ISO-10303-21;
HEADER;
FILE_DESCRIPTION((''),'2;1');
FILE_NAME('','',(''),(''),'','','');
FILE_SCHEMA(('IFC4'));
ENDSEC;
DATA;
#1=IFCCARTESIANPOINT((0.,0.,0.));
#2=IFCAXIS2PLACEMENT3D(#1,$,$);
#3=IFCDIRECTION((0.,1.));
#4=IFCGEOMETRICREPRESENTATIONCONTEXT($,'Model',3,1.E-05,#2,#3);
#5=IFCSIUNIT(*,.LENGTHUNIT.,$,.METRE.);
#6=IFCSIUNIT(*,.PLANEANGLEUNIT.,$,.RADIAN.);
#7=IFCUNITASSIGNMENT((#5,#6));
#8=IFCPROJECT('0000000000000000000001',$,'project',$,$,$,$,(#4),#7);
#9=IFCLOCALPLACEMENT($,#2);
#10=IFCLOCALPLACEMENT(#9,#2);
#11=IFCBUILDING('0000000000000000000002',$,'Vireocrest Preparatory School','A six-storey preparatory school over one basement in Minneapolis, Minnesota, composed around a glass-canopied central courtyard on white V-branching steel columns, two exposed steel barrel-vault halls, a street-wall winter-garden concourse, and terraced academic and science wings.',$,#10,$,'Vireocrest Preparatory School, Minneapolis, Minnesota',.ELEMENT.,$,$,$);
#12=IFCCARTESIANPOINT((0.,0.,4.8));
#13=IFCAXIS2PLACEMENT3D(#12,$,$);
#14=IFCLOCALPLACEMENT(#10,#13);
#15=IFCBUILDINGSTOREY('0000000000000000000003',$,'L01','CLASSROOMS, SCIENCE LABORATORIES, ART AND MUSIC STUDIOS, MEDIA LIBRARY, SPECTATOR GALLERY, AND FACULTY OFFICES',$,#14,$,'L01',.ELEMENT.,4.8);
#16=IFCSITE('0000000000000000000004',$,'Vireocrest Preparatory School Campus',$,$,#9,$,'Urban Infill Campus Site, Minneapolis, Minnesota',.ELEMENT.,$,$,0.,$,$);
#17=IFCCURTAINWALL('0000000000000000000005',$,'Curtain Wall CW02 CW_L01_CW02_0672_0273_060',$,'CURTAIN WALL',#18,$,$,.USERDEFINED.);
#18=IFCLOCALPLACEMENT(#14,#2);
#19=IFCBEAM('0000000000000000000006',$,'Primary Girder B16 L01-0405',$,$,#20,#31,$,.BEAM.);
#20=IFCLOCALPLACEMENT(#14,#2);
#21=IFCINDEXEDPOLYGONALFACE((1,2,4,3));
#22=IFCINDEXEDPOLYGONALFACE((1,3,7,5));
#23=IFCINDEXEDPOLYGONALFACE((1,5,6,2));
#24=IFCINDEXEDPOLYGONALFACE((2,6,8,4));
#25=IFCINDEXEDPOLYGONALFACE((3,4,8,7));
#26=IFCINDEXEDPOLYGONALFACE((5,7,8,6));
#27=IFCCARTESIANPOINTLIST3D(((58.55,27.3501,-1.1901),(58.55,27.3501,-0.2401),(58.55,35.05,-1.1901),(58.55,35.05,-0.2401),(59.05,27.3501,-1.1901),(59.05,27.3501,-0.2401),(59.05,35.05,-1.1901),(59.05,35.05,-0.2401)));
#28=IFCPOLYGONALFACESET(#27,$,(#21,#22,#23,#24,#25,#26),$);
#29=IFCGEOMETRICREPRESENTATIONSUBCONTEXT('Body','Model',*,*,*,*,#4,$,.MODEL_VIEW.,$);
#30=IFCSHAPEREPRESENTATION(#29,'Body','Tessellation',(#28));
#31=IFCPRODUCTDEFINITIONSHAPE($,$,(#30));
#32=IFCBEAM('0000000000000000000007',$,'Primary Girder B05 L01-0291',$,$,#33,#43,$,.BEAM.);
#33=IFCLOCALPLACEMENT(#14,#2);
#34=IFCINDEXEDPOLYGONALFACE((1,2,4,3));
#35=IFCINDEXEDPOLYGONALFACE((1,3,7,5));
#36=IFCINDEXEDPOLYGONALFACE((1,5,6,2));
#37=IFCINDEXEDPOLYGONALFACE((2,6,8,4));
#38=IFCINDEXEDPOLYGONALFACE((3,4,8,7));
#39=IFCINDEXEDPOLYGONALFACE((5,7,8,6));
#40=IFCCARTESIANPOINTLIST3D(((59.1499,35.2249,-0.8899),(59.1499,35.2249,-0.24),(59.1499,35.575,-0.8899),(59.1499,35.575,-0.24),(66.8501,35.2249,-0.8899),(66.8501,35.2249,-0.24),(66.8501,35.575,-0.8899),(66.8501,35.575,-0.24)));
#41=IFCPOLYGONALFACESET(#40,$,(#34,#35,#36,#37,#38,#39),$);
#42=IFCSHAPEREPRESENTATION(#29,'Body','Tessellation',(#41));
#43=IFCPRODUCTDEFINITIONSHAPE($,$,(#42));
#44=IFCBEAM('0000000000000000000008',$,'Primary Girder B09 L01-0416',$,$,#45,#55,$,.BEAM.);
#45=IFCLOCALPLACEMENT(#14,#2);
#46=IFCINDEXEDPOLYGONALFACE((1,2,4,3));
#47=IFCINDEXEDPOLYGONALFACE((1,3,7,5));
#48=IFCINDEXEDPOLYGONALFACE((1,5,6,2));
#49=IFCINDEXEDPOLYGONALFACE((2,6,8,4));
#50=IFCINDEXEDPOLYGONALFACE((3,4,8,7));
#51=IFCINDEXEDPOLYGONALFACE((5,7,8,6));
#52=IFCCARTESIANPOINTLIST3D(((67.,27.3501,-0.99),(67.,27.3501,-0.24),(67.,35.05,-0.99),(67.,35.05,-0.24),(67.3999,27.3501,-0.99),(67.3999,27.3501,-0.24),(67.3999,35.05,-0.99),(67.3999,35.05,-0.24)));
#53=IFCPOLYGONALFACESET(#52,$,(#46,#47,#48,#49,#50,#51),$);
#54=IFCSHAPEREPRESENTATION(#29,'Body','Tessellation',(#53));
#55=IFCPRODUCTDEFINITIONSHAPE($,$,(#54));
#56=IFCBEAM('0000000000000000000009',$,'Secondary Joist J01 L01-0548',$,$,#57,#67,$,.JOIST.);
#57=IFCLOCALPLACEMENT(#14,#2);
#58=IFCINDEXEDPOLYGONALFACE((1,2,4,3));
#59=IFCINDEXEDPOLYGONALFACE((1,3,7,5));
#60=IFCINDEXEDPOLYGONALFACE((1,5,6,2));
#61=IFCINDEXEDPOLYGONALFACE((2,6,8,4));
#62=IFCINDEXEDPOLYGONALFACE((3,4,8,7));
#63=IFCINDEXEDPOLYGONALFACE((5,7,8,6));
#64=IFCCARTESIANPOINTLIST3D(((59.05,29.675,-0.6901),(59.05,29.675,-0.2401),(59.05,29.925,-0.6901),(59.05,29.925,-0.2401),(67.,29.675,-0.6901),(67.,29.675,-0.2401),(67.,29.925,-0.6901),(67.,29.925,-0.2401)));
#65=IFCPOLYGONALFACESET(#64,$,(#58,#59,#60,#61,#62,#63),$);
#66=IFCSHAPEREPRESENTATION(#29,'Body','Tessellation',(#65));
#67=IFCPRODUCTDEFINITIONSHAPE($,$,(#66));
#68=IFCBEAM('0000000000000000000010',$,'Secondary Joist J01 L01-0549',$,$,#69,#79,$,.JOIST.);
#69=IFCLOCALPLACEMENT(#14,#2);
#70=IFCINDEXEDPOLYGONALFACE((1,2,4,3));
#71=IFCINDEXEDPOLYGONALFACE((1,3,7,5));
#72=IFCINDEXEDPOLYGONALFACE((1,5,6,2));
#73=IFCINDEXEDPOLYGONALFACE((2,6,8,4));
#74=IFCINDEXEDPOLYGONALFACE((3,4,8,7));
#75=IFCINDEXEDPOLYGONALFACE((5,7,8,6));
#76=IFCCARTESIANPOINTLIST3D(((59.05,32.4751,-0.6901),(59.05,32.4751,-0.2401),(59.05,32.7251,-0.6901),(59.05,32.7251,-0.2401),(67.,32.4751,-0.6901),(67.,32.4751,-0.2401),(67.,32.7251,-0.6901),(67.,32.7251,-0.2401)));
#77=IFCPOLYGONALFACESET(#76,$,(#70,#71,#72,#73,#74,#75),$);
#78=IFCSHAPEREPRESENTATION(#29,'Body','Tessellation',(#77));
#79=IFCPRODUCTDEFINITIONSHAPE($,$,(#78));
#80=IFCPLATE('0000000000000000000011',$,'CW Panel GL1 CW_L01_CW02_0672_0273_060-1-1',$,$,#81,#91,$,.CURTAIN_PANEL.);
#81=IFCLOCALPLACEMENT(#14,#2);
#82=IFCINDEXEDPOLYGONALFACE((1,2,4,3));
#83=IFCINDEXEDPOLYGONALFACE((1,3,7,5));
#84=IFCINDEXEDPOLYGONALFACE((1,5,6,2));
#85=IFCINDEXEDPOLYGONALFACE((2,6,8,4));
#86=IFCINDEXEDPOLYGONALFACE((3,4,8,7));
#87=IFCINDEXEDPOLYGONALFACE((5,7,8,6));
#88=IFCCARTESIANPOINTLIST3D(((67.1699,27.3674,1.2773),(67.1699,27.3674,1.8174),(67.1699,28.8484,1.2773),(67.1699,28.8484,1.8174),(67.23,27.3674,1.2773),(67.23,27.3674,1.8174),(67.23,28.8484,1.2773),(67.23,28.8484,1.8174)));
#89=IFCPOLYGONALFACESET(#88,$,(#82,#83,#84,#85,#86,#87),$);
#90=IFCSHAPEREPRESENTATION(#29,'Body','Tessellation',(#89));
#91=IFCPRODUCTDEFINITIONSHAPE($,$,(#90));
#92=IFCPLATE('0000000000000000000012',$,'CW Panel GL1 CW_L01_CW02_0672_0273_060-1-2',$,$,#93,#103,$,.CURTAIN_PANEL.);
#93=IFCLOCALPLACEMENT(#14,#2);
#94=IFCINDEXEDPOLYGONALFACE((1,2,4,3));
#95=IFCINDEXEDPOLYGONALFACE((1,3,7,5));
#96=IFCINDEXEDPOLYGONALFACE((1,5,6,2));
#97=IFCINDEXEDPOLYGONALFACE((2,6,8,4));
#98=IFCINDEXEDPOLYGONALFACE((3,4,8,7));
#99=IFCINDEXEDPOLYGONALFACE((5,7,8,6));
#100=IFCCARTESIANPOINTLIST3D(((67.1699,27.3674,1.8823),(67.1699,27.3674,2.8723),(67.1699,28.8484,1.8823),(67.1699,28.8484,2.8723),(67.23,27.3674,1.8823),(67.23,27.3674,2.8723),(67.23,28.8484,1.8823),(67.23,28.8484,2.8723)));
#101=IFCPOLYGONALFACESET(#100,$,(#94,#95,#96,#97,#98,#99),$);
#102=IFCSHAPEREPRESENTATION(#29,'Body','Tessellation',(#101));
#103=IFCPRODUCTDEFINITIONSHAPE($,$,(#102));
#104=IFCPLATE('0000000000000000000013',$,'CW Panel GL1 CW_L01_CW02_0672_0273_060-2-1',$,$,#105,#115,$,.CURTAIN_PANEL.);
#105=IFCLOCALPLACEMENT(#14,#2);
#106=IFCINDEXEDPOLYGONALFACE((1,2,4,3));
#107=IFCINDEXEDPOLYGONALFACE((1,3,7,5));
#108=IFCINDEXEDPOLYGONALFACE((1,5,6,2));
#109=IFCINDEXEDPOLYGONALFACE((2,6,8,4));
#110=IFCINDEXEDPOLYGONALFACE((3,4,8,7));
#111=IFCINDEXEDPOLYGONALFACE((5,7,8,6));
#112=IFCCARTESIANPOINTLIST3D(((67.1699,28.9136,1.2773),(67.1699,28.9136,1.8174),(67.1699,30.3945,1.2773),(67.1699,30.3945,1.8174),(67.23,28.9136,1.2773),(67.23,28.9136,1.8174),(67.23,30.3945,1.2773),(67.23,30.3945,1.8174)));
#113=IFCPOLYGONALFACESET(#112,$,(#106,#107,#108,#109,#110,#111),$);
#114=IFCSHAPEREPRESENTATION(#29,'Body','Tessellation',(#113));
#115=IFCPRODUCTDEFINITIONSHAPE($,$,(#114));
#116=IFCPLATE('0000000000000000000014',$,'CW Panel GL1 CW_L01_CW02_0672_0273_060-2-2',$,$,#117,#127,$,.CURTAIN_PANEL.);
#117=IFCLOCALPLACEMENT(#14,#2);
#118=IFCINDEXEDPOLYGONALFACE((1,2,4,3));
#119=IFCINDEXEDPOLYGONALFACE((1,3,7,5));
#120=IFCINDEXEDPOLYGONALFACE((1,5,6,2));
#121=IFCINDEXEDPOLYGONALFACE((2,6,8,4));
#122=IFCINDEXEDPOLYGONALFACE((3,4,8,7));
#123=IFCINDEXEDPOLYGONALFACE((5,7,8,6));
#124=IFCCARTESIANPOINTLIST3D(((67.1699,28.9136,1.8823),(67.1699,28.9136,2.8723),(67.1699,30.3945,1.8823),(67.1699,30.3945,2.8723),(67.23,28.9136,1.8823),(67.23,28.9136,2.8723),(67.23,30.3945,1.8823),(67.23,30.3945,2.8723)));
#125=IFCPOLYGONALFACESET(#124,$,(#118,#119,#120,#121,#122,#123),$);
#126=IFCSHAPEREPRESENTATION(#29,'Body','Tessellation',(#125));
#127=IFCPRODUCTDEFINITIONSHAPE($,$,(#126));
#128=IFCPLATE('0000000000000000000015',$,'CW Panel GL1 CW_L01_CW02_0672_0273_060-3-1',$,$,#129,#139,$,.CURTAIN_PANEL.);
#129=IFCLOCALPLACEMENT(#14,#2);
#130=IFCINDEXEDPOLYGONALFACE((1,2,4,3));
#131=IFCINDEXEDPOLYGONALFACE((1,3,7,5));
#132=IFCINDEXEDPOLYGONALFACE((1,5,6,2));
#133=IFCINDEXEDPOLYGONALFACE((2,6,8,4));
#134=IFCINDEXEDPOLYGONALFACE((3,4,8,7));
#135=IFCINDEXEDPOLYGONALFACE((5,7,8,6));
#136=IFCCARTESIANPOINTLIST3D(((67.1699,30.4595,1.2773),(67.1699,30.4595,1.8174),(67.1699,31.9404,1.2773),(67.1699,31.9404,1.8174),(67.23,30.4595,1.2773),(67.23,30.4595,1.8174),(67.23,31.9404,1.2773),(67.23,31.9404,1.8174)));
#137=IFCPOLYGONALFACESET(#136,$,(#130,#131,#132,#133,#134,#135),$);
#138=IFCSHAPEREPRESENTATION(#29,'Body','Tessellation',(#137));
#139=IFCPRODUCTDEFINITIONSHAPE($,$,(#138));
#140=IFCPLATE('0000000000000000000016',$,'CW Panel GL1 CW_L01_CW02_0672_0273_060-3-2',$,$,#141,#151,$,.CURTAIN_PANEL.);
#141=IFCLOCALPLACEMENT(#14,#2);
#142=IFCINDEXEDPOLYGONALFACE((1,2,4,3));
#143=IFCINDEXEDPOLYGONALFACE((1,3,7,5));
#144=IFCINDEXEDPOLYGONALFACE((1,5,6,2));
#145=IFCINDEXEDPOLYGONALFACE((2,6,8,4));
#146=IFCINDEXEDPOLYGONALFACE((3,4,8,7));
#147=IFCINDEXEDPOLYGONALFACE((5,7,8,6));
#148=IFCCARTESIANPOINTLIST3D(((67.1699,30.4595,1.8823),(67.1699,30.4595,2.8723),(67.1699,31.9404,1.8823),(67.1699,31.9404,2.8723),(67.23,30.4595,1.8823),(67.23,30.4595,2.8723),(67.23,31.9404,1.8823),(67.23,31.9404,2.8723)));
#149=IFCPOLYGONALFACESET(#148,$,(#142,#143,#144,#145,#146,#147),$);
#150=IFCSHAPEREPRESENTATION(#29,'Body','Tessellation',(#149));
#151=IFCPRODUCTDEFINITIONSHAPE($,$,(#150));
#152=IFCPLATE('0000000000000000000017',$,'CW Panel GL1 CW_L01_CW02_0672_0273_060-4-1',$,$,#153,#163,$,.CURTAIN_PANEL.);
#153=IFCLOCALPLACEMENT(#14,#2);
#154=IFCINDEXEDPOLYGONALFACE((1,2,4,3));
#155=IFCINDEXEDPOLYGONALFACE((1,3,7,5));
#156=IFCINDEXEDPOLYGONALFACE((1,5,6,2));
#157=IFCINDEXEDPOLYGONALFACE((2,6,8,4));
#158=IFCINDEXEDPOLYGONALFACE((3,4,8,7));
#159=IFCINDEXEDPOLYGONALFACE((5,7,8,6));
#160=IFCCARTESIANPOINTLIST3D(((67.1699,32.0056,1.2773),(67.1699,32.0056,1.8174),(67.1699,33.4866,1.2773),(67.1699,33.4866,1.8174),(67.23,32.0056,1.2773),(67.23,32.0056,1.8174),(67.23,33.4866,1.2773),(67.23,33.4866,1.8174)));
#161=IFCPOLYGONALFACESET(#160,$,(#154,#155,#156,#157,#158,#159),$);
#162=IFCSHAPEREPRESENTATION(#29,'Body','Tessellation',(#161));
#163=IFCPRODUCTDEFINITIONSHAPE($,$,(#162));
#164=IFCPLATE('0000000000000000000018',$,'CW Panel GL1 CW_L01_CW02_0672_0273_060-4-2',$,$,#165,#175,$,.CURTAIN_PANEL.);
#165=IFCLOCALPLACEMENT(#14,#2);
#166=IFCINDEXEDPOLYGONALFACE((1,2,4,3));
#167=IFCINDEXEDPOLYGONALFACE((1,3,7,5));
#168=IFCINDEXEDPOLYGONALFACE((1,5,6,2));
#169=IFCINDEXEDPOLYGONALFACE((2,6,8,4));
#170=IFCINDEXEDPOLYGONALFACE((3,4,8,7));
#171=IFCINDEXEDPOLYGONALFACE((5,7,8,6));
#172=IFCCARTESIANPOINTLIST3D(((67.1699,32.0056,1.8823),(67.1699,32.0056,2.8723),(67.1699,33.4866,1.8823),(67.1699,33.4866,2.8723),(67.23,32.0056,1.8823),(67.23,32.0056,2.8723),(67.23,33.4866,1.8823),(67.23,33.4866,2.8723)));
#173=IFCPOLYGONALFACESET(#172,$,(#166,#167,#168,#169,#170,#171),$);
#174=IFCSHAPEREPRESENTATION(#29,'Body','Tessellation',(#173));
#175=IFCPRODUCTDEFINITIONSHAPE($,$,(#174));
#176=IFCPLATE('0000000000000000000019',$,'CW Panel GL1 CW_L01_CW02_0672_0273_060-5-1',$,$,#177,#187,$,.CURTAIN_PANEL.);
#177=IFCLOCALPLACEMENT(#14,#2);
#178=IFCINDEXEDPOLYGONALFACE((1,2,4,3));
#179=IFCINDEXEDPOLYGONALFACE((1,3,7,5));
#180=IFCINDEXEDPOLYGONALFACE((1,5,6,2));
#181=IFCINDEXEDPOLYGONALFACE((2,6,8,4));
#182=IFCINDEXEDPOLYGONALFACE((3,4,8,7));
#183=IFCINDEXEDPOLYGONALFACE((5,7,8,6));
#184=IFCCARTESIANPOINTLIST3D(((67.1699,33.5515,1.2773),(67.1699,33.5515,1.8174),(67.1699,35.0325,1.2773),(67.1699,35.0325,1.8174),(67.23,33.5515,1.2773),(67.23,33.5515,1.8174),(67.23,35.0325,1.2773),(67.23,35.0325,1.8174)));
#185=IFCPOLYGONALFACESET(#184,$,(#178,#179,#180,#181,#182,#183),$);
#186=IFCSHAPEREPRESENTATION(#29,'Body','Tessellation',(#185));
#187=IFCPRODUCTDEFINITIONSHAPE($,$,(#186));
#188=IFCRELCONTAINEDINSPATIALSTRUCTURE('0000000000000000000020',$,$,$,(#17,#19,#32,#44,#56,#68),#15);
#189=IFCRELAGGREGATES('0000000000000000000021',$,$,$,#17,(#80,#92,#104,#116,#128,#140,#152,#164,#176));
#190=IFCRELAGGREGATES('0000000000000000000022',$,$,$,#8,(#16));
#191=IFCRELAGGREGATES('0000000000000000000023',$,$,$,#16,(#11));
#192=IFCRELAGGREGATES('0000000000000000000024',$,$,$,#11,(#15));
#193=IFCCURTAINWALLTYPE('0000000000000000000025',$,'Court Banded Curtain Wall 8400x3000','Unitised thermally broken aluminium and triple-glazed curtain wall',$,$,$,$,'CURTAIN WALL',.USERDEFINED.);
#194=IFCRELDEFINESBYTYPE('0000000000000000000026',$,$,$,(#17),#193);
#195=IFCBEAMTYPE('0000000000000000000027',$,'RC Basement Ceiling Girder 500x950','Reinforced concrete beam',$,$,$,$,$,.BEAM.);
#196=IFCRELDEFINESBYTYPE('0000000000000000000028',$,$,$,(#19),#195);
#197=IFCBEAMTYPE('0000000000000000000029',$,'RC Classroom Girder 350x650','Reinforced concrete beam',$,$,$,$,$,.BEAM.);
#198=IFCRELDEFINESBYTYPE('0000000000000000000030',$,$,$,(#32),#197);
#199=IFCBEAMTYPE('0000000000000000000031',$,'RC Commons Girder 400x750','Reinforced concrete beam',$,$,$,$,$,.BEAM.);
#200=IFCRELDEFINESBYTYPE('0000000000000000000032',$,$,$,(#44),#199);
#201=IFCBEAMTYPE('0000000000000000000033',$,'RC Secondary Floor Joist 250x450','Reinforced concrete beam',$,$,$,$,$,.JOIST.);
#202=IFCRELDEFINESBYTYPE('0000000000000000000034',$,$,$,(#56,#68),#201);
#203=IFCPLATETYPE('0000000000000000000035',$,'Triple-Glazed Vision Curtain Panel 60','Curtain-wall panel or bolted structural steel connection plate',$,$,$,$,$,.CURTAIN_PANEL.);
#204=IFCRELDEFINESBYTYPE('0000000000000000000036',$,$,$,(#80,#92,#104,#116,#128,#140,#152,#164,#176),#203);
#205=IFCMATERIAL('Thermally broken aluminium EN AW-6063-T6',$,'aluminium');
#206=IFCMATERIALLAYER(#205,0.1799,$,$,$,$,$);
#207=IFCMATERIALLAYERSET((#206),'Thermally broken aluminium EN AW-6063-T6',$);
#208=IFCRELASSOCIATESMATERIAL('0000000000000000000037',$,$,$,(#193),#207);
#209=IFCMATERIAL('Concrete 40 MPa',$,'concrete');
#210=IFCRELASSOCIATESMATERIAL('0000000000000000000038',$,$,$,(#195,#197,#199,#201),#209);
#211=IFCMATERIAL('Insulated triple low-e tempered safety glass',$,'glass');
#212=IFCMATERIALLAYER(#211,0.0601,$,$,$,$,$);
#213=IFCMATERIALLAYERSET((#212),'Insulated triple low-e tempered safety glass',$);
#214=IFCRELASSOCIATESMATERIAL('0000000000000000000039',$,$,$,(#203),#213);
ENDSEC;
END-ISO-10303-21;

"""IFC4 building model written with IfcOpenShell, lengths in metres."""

from ifc_helpers import new_model, si_unit, direction, frame, origin, origin_2d, place, context, subcontext, project, spatial, rectangle, extrude, material, layer, layer_set, material_profile, profile_set, type_object, element, aggregate, save


model = new_model("IFC4")

# Units and contexts
model_context = context("Model", 3, precision=1e-05, world=origin(), true_north=direction((0.0, 1.0)))
body_context = subcontext(model_context, "Body", "Model", "MODEL_VIEW")
ifc_project = project(units=[si_unit("LENGTHUNIT", "METRE"), si_unit("PLANEANGLEUNIT", "RADIAN")], contexts=[model_context])

# Site, building, storey
site_placement = place(None, origin())
site = spatial("IfcSite", under=ifc_project, at=site_placement, Name="Vireocrest Preparatory School Campus", LongName="Urban Infill Campus Site, Minneapolis, Minnesota", CompositionType="ELEMENT", RefElevation=0.0)
building_placement = place(site_placement, origin())
building = spatial("IfcBuilding", under=site, at=building_placement, Name="Vireocrest Preparatory School", Description="A six-storey preparatory school over one basement in Minneapolis, Minnesota, composed around a glass-canopied central courtyard on white V-branching steel columns, two exposed steel barrel-vault halls, a street-wall winter-garden concourse, and terraced academic and science wings.", LongName="Vireocrest Preparatory School, Minneapolis, Minnesota", CompositionType="ELEMENT")
storey_placement = place(building_placement, frame((0.0, 0.0, 4.8)))
storey = spatial("IfcBuildingStorey", under=building, at=storey_placement, Name="L01", Description="CLASSROOMS, SCIENCE LABORATORIES, ART AND MUSIC STUDIOS, MEDIA LIBRARY, SPECTATOR GALLERY, AND FACULTY OFFICES", LongName="L01", CompositionType="ELEMENT", Elevation=4.8)

# Curtain wall
ifc_material_1 = material(Name="Thermally broken aluminium EN AW-6063-T6", Category="aluminium")
ifc_layer_1 = layer(ifc_material_1, 0.1799)
ifc_layer_set_1 = layer_set([ifc_layer_1], Name="Thermally broken aluminium EN AW-6063-T6")
curtain_wall_type = type_object("IfcCurtainWallType", Name="Court Banded Curtain Wall 8400x3000", Description="Unitised thermally broken aluminium and triple-glazed curtain wall", ElementType="CURTAIN WALL", PredefinedType="USERDEFINED", material=ifc_layer_set_1)
curtain_wall_placement = place(storey_placement, origin())
curtain_wall = element("IfcCurtainWall", 1, at=curtain_wall_placement, inside=storey, type_object=curtain_wall_type, Name="Curtain Wall CW02 CW_L01_CW02_0672_0273_060", ObjectType="CURTAIN WALL", PredefinedType="USERDEFINED")

# Beams
ifc_material_2 = material(Name="Concrete 40 MPa", Category="concrete")
ifc_material_profile_1 = material_profile(ifc_material_2, rectangle(XDim=0.5, YDim=0.95, at=origin_2d()), Name="RC 500x950")
ifc_profile_set_1 = profile_set([ifc_material_profile_1], Name="Concrete 40 MPa")
beam_type_1 = type_object("IfcBeamType", Name="RC Basement Ceiling Girder 500x950", Description="Reinforced concrete beam", PredefinedType="BEAM", material=ifc_profile_set_1)
beam_1_placement = place(storey_placement, frame((58.8, 27.3501, -0.7151), z_axis=(0.0, 1.0, 0.0), x_axis=(-1.0, 0.0, 0.0)))
element("IfcBeam", 2, at=beam_1_placement, inside=storey, type_object=beam_type_1, Name="Primary Girder B16 L01-0405", PredefinedType="BEAM", context=body_context, shape_type="SweptSolid", body=[
    extrude(rectangle(XDim=0.5, YDim=0.95, at=origin_2d()), origin(), (0.0, 0.0, 1.0), 7.7),
])
ifc_material_profile_2 = material_profile(ifc_material_2, rectangle(XDim=0.3501, YDim=0.6499, at=origin_2d()), Name="RC 350x650")
ifc_profile_set_2 = profile_set([ifc_material_profile_2], Name="Concrete 40 MPa")
beam_type_2 = type_object("IfcBeamType", Name="RC Classroom Girder 350x650", Description="Reinforced concrete beam", PredefinedType="BEAM", material=ifc_profile_set_2)
beam_2_placement = place(storey_placement, frame((59.1499, 35.3999, -0.5649), z_axis=(1.0, 0.0, 0.0), x_axis=(0.0, 1.0, 0.0)))
element("IfcBeam", 3, at=beam_2_placement, inside=storey, type_object=beam_type_2, Name="Primary Girder B05 L01-0291", PredefinedType="BEAM", context=body_context, shape_type="SweptSolid", body=[
    extrude(rectangle(XDim=0.3501, YDim=0.6499, at=origin_2d()), origin(), (0.0, 0.0, 1.0), 7.7002),
])
ifc_material_profile_3 = material_profile(ifc_material_2, rectangle(XDim=0.3999, YDim=0.75, at=origin_2d()), Name="RC 400x750")
ifc_profile_set_3 = profile_set([ifc_material_profile_3], Name="Concrete 40 MPa")
beam_type_3 = type_object("IfcBeamType", Name="RC Commons Girder 400x750", Description="Reinforced concrete beam", PredefinedType="BEAM", material=ifc_profile_set_3)
beam_3_placement = place(storey_placement, frame((67.2, 27.3501, -0.615), z_axis=(0.0, 1.0, 0.0), x_axis=(-1.0, 0.0, 0.0)))
element("IfcBeam", 4, at=beam_3_placement, inside=storey, type_object=beam_type_3, Name="Primary Girder B09 L01-0416", PredefinedType="BEAM", context=body_context, shape_type="SweptSolid", body=[
    extrude(rectangle(XDim=0.3999, YDim=0.75, at=origin_2d()), origin(), (0.0, 0.0, 1.0), 7.7),
])
ifc_material_profile_4 = material_profile(ifc_material_2, rectangle(XDim=0.25, YDim=0.45, at=origin_2d()), Name="RC 250x450")
ifc_profile_set_4 = profile_set([ifc_material_profile_4], Name="Concrete 40 MPa")
beam_type_4 = type_object("IfcBeamType", Name="RC Secondary Floor Joist 250x450", Description="Reinforced concrete beam", PredefinedType="JOIST", material=ifc_profile_set_4)
for number, where, z_axis, x_axis, name in (
    (5, (59.05, 29.8, -0.4651), (1.0, 0.0, 0.0), (0.0, 1.0, 0.0), "Secondary Joist J01 L01-0548"),
    (6, (59.05, 32.6001, -0.4651), (1.0, 0.0, 0.0), (0.0, 1.0, 0.0), "Secondary Joist J01 L01-0549"),
):
    element("IfcBeam", number, at=place(storey_placement, frame(where, z_axis=z_axis, x_axis=x_axis)), inside=storey, type_object=beam_type_4, Name=name, PredefinedType="JOIST", context=body_context, shape_type="SweptSolid", body=[
        extrude(rectangle(XDim=0.25, YDim=0.45, at=origin_2d()), origin(), (0.0, 0.0, 1.0), 7.95),
    ])

# Plates
ifc_material_3 = material(Name="Insulated triple low-e tempered safety glass", Category="glass")
ifc_layer_2 = layer(ifc_material_3, 0.0601)
ifc_layer_set_2 = layer_set([ifc_layer_2], Name="Insulated triple low-e tempered safety glass")
plate_type = type_object("IfcPlateType", Name="Triple-Glazed Vision Curtain Panel 60", Description="Curtain-wall panel or bolted structural steel connection plate", PredefinedType="CURTAIN_PANEL", material=ifc_layer_set_2)
plate_1_placement = place(storey_placement, frame((67.2, 28.1079, 1.2773), z_axis=(0.0, 0.0, 1.0), x_axis=(0.0, 1.0, 0.0)))
plate_1 = element("IfcPlate", 7, at=plate_1_placement, type_object=plate_type, Name="CW Panel GL1 CW_L01_CW02_0672_0273_060-1-1", PredefinedType="CURTAIN_PANEL", context=body_context, shape_type="SweptSolid", body=[
    extrude(rectangle(XDim=1.481, YDim=0.0601, at=origin_2d()), origin(), (0.0, 0.0, 1.0), 0.54),
])
plate_2_placement = place(storey_placement, frame((67.2, 28.1079, 1.8823), z_axis=(0.0, 0.0, 1.0), x_axis=(0.0, 1.0, 0.0)))
plate_2 = element("IfcPlate", 8, at=plate_2_placement, type_object=plate_type, Name="CW Panel GL1 CW_L01_CW02_0672_0273_060-1-2", PredefinedType="CURTAIN_PANEL", context=body_context, shape_type="SweptSolid", body=[
    extrude(rectangle(XDim=1.481, YDim=0.0601, at=origin_2d()), origin(), (0.0, 0.0, 1.0), 0.99),
])
plate_3_placement = place(storey_placement, frame((67.2, 29.6541, 1.2773), z_axis=(0.0, 0.0, 1.0), x_axis=(0.0, 1.0, 0.0)))
plate_3 = element("IfcPlate", 9, at=plate_3_placement, type_object=plate_type, Name="CW Panel GL1 CW_L01_CW02_0672_0273_060-2-1", PredefinedType="CURTAIN_PANEL", context=body_context, shape_type="SweptSolid", body=[
    extrude(rectangle(XDim=1.481, YDim=0.0601, at=origin_2d()), origin(), (0.0, 0.0, 1.0), 0.54),
])
plate_4_placement = place(storey_placement, frame((67.2, 29.6541, 1.8823), z_axis=(0.0, 0.0, 1.0), x_axis=(0.0, 1.0, 0.0)))
plate_4 = element("IfcPlate", 10, at=plate_4_placement, type_object=plate_type, Name="CW Panel GL1 CW_L01_CW02_0672_0273_060-2-2", PredefinedType="CURTAIN_PANEL", context=body_context, shape_type="SweptSolid", body=[
    extrude(rectangle(XDim=1.481, YDim=0.0601, at=origin_2d()), origin(), (0.0, 0.0, 1.0), 0.99),
])
plate_5_placement = place(storey_placement, frame((67.2, 31.2, 1.2773), z_axis=(0.0, 0.0, 1.0), x_axis=(0.0, 1.0, 0.0)))
plate_5 = element("IfcPlate", 11, at=plate_5_placement, type_object=plate_type, Name="CW Panel GL1 CW_L01_CW02_0672_0273_060-3-1", PredefinedType="CURTAIN_PANEL", context=body_context, shape_type="SweptSolid", body=[
    extrude(rectangle(XDim=1.481, YDim=0.0601, at=origin_2d()), origin(), (0.0, 0.0, 1.0), 0.54),
])
plate_6_placement = place(storey_placement, frame((67.2, 31.2, 1.8823), z_axis=(0.0, 0.0, 1.0), x_axis=(0.0, 1.0, 0.0)))
plate_6 = element("IfcPlate", 12, at=plate_6_placement, type_object=plate_type, Name="CW Panel GL1 CW_L01_CW02_0672_0273_060-3-2", PredefinedType="CURTAIN_PANEL", context=body_context, shape_type="SweptSolid", body=[
    extrude(rectangle(XDim=1.481, YDim=0.0601, at=origin_2d()), origin(), (0.0, 0.0, 1.0), 0.99),
])
plate_7_placement = place(storey_placement, frame((67.2, 32.7461, 1.2773), z_axis=(0.0, 0.0, 1.0), x_axis=(0.0, 1.0, 0.0)))
plate_7 = element("IfcPlate", 13, at=plate_7_placement, type_object=plate_type, Name="CW Panel GL1 CW_L01_CW02_0672_0273_060-4-1", PredefinedType="CURTAIN_PANEL", context=body_context, shape_type="SweptSolid", body=[
    extrude(rectangle(XDim=1.481, YDim=0.0601, at=origin_2d()), origin(), (0.0, 0.0, 1.0), 0.54),
])
plate_8_placement = place(storey_placement, frame((67.2, 32.7461, 1.8823), z_axis=(0.0, 0.0, 1.0), x_axis=(0.0, 1.0, 0.0)))
plate_8 = element("IfcPlate", 14, at=plate_8_placement, type_object=plate_type, Name="CW Panel GL1 CW_L01_CW02_0672_0273_060-4-2", PredefinedType="CURTAIN_PANEL", context=body_context, shape_type="SweptSolid", body=[
    extrude(rectangle(XDim=1.481, YDim=0.0601, at=origin_2d()), origin(), (0.0, 0.0, 1.0), 0.99),
])
plate_9_placement = place(storey_placement, frame((67.2, 34.292, 1.2773), z_axis=(0.0, 0.0, 1.0), x_axis=(0.0, 1.0, 0.0)))
plate_9 = element("IfcPlate", 15, at=plate_9_placement, type_object=plate_type, Name="CW Panel GL1 CW_L01_CW02_0672_0273_060-5-1", PredefinedType="CURTAIN_PANEL", context=body_context, shape_type="SweptSolid", body=[
    extrude(rectangle(XDim=1.481, YDim=0.0601, at=origin_2d()), origin(), (0.0, 0.0, 1.0), 0.54),
])
aggregate(curtain_wall, [plate_1, plate_2, plate_3, plate_4, plate_5, plate_6, plate_7, plate_8, plate_9])

save(model, "model.ifc")
